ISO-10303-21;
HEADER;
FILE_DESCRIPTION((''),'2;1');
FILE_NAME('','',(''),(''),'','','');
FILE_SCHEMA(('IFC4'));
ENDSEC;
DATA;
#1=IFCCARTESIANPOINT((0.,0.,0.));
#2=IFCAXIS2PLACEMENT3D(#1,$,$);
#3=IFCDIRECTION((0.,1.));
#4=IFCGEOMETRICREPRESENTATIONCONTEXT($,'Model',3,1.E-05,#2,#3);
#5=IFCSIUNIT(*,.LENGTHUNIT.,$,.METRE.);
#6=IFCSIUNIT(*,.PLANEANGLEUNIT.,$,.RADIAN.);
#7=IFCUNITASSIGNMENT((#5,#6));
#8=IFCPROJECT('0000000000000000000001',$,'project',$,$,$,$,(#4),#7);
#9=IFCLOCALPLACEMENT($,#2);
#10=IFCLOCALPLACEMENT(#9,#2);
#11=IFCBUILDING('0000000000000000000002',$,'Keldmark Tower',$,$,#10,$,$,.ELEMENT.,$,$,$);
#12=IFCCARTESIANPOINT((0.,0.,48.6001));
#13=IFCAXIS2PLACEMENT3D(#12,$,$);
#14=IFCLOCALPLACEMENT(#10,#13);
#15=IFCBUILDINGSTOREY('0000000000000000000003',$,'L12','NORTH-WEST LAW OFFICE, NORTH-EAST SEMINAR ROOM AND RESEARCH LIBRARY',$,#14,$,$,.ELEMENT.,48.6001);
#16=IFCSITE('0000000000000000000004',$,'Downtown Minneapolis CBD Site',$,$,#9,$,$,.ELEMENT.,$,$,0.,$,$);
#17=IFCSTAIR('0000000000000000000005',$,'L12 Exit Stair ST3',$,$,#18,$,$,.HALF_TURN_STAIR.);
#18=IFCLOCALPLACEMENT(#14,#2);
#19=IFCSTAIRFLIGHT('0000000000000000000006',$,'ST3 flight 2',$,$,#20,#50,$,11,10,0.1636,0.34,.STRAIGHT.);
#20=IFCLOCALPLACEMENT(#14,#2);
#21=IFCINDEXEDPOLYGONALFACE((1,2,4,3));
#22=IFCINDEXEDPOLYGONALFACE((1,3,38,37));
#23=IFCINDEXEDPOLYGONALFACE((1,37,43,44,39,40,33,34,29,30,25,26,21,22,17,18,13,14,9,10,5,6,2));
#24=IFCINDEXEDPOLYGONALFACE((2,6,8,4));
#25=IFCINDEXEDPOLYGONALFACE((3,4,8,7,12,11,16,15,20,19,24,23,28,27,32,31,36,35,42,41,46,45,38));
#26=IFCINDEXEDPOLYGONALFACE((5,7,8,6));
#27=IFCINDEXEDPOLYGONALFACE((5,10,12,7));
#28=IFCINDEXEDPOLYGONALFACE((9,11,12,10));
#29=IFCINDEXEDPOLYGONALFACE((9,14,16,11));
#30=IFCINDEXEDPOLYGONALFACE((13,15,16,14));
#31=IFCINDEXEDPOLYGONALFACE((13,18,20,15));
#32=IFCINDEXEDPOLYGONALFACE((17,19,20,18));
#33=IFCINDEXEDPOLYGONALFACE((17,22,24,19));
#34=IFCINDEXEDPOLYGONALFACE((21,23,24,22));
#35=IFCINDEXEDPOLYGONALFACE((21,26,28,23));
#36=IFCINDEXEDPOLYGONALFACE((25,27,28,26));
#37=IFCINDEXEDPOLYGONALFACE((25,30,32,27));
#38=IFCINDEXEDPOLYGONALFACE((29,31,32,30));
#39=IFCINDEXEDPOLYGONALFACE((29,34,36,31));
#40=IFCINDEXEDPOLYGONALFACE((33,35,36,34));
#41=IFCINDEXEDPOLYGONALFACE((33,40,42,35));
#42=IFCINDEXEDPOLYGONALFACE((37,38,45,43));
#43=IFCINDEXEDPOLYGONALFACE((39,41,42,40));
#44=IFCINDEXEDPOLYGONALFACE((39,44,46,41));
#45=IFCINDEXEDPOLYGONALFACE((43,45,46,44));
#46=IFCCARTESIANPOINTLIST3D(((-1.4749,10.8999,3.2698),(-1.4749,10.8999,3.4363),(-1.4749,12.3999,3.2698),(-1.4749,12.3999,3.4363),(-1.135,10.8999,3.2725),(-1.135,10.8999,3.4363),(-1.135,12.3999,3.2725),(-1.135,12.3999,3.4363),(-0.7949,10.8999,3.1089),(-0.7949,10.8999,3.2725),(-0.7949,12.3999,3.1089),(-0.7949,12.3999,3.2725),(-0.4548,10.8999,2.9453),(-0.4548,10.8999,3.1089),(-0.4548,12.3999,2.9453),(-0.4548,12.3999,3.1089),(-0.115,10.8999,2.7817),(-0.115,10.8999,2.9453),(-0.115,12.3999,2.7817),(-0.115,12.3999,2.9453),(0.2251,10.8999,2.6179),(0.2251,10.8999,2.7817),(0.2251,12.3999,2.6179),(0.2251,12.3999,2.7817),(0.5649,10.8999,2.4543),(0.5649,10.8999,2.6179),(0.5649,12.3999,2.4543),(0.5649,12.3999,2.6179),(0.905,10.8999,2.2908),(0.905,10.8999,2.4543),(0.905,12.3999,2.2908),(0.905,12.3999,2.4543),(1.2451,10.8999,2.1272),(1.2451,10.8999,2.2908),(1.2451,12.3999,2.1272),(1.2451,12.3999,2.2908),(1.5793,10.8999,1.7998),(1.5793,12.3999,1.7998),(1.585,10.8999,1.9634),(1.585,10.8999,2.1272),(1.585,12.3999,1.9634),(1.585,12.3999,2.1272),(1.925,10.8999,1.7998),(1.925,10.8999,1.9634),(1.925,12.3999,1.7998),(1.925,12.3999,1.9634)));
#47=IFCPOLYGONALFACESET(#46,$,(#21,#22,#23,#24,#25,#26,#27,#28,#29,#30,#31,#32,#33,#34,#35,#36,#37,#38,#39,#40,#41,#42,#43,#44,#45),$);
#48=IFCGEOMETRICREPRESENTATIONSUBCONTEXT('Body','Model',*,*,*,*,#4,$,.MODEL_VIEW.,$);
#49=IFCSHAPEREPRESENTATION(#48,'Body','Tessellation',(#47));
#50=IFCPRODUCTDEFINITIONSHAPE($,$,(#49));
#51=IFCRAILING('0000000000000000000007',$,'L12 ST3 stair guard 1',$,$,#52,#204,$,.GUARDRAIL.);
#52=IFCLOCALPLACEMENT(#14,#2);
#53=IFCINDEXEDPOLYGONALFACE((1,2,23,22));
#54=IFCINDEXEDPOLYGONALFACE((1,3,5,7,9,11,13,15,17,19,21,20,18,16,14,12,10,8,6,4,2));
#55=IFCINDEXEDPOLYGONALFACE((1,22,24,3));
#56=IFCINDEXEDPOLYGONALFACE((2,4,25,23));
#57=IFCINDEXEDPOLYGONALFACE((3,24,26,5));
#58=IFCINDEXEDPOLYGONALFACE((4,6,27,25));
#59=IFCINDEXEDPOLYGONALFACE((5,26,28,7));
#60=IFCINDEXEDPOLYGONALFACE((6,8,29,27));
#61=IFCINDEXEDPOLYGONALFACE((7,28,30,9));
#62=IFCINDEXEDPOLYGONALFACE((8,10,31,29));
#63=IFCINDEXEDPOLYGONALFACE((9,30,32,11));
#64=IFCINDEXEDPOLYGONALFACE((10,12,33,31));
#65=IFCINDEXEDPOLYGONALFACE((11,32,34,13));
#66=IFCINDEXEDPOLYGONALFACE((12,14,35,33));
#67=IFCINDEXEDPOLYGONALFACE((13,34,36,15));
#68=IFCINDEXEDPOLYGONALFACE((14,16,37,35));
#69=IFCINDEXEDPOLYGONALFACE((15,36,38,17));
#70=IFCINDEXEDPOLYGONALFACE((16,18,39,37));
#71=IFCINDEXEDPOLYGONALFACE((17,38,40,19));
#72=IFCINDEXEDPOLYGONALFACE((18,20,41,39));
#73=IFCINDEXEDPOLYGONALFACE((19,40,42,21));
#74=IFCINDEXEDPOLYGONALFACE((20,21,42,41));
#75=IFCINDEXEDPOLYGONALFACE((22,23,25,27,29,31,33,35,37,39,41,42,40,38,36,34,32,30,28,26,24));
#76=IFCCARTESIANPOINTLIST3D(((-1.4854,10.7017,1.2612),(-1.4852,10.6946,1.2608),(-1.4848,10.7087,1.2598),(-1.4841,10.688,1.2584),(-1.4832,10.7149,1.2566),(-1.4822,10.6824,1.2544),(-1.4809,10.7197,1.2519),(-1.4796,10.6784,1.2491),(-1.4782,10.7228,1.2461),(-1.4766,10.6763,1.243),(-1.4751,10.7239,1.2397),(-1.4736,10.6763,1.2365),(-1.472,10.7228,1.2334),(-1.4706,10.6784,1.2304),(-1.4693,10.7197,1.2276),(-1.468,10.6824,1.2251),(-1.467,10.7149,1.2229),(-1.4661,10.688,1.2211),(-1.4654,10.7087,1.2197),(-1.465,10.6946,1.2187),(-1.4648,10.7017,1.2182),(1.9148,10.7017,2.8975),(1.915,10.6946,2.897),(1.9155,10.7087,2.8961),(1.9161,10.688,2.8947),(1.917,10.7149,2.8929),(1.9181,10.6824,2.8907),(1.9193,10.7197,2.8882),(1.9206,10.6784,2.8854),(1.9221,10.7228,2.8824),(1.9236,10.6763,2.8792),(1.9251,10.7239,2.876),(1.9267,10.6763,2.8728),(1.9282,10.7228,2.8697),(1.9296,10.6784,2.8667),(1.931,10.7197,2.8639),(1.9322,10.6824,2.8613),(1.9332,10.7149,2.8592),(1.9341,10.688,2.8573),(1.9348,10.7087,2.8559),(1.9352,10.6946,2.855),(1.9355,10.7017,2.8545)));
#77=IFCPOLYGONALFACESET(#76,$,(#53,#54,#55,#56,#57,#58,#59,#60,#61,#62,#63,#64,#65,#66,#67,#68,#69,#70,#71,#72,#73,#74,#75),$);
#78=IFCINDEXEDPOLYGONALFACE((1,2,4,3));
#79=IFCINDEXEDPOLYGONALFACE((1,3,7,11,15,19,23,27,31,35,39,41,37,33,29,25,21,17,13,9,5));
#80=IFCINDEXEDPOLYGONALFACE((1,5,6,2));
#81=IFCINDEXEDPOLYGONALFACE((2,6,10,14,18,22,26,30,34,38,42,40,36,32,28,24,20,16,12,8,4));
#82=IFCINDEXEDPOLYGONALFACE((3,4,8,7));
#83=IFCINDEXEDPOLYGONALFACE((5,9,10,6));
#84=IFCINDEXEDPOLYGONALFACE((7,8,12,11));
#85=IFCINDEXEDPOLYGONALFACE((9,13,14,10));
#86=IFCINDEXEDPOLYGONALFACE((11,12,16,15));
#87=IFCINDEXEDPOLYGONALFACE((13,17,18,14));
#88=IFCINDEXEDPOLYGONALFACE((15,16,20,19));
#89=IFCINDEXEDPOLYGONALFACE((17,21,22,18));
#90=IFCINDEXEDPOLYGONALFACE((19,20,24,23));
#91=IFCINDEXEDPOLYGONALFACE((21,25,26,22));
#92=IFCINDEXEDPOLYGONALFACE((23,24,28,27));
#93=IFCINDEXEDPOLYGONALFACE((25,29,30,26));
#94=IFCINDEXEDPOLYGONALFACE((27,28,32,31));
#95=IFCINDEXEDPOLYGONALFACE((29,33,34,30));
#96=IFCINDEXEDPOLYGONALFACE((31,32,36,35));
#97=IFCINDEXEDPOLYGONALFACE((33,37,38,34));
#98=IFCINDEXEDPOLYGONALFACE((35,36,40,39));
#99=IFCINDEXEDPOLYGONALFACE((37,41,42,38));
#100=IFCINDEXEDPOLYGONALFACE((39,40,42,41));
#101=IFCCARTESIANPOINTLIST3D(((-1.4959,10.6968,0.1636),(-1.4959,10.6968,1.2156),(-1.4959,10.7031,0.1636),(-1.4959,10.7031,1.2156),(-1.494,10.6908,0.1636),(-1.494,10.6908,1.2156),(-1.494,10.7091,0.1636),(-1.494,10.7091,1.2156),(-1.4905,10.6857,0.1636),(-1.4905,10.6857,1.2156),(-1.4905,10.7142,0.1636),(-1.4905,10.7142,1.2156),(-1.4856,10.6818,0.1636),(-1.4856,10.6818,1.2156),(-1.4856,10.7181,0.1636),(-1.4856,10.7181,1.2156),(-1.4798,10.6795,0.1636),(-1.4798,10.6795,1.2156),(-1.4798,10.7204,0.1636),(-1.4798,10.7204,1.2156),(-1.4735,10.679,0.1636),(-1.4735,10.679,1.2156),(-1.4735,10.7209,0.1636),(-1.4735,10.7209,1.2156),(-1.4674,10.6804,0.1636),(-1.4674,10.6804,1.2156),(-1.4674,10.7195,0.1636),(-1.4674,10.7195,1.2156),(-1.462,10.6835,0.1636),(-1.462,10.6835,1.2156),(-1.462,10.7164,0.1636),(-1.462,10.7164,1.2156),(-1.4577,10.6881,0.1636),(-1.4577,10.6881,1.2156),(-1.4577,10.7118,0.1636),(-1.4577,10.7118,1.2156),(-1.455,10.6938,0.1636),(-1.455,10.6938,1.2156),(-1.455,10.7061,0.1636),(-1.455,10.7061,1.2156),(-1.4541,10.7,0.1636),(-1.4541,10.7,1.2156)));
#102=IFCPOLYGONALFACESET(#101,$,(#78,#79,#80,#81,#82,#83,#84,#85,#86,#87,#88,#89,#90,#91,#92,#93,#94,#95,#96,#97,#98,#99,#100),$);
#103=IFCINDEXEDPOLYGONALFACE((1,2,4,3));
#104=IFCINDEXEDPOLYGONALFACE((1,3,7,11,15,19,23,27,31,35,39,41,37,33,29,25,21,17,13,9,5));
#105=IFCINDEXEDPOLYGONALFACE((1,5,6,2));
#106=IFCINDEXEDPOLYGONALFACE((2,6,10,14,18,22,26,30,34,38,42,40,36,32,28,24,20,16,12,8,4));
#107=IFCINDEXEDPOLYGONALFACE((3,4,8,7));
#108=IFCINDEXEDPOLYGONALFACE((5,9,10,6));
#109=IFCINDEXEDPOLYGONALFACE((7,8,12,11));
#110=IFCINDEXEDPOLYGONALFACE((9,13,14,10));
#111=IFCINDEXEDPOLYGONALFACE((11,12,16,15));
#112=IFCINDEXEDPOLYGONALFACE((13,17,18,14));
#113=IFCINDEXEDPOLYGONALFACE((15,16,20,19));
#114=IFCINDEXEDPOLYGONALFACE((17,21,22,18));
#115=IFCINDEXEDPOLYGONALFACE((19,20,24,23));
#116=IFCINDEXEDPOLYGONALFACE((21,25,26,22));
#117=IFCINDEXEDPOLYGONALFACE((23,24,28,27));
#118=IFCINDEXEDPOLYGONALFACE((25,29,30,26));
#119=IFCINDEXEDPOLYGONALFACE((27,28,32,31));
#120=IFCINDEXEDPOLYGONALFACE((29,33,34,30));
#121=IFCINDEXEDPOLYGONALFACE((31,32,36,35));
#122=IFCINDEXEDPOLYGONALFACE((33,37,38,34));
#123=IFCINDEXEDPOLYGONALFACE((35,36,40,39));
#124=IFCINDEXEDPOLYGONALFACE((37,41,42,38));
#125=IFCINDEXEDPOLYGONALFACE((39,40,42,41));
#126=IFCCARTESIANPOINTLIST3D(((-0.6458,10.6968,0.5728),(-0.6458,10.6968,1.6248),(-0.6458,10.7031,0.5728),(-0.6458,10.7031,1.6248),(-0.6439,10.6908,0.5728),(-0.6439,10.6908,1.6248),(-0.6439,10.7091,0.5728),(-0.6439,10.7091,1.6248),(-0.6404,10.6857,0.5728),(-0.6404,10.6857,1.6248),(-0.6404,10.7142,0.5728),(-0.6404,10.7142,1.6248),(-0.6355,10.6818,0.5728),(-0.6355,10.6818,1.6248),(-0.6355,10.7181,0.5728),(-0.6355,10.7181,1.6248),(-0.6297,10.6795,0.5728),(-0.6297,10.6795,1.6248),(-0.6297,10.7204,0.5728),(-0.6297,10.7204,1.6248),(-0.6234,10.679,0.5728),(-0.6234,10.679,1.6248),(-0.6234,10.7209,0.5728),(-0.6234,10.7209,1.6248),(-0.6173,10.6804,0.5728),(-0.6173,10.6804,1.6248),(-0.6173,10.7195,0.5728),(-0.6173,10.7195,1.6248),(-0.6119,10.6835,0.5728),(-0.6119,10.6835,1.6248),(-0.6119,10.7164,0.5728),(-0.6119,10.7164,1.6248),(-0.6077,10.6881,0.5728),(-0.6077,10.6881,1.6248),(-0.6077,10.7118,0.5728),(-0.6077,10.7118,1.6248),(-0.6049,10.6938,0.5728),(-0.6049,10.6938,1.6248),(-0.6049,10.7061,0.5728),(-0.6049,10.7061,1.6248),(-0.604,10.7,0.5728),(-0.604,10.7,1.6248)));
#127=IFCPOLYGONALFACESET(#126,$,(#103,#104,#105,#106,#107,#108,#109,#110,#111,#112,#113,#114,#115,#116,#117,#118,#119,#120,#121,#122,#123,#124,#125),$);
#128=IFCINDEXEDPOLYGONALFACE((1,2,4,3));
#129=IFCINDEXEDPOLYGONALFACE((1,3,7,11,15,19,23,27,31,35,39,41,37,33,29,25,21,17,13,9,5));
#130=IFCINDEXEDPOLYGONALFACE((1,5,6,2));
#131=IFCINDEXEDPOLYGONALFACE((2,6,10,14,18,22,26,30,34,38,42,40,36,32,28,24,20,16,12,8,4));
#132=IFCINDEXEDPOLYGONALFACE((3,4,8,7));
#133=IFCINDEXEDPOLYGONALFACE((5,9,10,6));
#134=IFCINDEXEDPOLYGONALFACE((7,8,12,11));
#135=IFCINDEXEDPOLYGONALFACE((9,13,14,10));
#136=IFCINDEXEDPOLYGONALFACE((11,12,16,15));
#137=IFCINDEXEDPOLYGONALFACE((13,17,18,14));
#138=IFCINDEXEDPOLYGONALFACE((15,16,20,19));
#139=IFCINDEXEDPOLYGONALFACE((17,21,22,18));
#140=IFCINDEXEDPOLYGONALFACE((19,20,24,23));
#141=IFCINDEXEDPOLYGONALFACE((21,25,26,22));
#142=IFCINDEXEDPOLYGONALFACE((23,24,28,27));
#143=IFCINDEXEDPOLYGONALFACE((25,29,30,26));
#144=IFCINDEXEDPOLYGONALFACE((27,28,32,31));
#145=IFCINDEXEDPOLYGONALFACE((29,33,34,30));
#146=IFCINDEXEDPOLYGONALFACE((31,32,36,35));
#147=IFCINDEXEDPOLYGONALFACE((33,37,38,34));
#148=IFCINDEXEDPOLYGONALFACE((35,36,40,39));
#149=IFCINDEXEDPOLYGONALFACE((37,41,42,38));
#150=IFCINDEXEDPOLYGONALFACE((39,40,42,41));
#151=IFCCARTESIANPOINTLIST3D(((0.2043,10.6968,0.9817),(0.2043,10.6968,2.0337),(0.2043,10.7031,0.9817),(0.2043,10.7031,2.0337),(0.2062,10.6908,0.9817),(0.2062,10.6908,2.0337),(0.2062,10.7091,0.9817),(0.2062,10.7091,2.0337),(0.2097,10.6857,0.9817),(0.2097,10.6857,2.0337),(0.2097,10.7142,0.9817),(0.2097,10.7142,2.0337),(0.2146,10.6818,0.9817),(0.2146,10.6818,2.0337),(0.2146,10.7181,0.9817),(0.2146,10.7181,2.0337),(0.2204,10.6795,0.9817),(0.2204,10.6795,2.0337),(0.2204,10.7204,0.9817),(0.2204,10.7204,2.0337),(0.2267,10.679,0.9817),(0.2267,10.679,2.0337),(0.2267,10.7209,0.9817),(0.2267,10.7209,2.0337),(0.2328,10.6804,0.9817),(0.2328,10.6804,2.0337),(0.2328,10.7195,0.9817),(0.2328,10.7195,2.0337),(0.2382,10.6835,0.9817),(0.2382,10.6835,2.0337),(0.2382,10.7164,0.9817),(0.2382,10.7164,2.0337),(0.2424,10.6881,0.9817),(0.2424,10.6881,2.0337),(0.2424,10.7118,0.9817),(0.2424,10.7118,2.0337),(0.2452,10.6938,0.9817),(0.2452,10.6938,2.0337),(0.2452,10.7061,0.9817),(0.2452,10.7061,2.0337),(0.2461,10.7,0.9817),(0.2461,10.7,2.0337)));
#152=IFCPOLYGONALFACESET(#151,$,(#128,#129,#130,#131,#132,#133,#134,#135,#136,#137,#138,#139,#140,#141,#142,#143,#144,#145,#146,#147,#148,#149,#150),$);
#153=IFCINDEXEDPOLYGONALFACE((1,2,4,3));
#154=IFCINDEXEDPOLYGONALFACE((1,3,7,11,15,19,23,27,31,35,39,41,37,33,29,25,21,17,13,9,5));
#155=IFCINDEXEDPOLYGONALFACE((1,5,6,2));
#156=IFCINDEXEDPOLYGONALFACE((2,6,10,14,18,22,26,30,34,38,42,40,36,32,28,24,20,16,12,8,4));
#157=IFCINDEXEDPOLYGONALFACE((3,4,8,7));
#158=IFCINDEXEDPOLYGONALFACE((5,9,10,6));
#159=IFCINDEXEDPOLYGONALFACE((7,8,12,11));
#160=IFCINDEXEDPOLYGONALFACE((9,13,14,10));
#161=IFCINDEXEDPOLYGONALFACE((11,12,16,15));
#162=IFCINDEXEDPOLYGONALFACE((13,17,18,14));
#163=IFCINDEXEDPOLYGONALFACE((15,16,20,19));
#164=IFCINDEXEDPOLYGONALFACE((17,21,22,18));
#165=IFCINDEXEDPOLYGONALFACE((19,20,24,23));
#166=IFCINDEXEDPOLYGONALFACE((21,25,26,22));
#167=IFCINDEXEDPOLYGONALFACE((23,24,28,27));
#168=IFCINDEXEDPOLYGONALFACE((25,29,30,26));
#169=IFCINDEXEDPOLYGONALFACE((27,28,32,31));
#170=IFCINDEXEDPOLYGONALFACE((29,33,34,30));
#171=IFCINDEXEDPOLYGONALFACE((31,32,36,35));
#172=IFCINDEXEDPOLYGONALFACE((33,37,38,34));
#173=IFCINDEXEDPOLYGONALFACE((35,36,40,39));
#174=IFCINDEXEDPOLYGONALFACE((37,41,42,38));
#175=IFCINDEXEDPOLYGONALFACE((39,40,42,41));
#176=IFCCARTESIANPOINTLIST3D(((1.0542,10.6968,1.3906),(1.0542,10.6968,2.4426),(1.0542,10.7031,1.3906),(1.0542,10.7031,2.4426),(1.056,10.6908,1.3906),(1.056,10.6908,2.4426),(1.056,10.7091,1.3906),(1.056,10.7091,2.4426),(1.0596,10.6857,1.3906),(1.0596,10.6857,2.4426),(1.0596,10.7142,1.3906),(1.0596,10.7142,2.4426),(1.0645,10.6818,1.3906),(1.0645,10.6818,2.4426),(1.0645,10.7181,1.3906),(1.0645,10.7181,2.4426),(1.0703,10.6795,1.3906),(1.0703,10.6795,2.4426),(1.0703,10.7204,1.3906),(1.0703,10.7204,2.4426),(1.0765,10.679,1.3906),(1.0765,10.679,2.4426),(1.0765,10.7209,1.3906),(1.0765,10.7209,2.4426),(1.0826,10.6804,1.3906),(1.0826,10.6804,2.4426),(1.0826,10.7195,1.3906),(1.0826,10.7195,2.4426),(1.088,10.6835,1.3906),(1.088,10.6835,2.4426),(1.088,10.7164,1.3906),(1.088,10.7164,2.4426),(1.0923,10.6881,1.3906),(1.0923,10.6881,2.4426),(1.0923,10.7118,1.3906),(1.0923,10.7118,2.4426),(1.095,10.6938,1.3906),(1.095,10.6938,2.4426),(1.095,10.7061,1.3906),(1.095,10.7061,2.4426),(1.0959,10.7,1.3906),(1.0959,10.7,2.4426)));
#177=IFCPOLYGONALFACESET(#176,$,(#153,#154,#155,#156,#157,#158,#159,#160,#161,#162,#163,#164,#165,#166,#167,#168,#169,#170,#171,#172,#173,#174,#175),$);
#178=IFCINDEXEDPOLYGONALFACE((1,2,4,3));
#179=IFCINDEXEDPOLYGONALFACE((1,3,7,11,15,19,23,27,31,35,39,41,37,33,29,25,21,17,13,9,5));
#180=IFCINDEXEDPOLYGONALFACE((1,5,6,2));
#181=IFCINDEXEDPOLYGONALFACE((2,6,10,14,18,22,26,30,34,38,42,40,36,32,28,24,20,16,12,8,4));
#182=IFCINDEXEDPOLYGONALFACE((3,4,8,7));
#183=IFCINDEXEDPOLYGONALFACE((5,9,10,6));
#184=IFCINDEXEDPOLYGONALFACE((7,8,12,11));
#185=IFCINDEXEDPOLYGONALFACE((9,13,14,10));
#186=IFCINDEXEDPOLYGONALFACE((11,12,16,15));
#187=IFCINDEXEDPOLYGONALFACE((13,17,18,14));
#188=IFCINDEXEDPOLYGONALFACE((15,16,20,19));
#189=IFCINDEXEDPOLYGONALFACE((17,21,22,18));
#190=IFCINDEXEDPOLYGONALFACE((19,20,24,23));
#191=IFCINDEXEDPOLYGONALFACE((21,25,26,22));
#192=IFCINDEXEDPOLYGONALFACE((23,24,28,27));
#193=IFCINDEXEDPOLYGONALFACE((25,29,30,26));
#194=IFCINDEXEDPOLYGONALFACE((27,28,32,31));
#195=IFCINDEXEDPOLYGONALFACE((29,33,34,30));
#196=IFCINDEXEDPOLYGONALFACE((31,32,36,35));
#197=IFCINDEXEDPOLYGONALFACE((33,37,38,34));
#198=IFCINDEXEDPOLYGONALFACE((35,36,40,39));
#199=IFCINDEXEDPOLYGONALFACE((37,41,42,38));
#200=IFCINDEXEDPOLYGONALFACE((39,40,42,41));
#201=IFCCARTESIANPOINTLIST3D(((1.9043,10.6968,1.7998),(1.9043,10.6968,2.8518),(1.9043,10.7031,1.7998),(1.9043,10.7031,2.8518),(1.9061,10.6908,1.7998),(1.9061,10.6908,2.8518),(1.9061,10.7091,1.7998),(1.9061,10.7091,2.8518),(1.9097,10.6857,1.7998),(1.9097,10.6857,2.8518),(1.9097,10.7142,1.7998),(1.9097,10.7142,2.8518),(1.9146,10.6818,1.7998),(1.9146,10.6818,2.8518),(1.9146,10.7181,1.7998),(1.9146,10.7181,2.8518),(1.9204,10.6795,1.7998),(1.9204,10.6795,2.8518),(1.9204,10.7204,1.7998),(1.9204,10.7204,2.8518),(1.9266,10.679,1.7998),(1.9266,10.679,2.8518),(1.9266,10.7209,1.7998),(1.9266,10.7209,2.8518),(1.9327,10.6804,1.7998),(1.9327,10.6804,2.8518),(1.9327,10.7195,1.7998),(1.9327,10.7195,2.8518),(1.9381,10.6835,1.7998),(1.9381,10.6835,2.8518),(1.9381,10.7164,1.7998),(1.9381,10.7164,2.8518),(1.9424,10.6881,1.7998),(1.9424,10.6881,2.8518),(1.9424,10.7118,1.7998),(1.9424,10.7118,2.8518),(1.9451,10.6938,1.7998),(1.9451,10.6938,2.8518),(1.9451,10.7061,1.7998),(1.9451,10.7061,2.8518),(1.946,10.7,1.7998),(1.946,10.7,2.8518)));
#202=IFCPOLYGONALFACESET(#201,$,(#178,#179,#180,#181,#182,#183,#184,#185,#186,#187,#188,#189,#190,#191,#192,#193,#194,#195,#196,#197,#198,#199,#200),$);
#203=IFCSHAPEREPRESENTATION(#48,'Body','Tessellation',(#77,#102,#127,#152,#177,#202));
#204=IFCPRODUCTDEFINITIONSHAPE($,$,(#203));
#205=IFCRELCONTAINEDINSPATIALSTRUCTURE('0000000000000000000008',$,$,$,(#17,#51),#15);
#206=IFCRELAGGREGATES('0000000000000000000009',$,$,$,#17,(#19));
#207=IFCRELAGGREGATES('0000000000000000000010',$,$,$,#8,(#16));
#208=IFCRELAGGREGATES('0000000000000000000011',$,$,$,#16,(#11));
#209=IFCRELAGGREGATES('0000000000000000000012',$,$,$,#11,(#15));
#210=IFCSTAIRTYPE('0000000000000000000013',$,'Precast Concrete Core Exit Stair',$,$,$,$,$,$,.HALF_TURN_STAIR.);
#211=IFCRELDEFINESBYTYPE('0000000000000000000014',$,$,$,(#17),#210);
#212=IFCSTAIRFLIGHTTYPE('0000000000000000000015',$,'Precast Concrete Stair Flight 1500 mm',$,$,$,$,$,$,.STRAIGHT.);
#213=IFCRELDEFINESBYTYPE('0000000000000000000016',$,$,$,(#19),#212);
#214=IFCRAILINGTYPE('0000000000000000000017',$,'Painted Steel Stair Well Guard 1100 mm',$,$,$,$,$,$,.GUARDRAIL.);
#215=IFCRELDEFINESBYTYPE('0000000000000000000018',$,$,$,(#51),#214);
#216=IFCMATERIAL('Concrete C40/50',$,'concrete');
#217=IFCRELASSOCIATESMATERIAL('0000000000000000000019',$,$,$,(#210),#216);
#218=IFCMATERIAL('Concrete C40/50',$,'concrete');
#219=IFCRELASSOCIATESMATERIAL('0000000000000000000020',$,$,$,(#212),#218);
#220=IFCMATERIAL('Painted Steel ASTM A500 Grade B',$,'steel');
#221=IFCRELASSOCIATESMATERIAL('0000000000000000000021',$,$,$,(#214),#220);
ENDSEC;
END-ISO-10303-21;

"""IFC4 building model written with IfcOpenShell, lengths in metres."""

from ifc_helpers import new_model, si_unit, direction, frame, origin, origin_2d, place, context, subcontext, project, spatial, polyline, circle, outline, extrude, material, type_object, element, aggregate, save


model = new_model("IFC4")

# Units and contexts
model_context = context("Model", 3, precision=1e-05, world=origin(), true_north=direction((0.0, 1.0)))
body_context = subcontext(model_context, "Body", "Model", "MODEL_VIEW")
ifc_project = project(units=[si_unit("LENGTHUNIT", "METRE"), si_unit("PLANEANGLEUNIT", "RADIAN")], contexts=[model_context])

# Site, building, storey
site_placement = place(None, origin())
site = spatial("IfcSite", under=ifc_project, at=site_placement, Name="Downtown Minneapolis CBD Site", CompositionType="ELEMENT", RefElevation=0.0)
building_placement = place(site_placement, origin())
building = spatial("IfcBuilding", under=site, at=building_placement, Name="Keldmark Tower", CompositionType="ELEMENT")
storey_placement = place(building_placement, frame((0.0, 0.0, 48.6001)))
storey = spatial("IfcBuildingStorey", under=building, at=storey_placement, Name="L12", Description="NORTH-WEST LAW OFFICE, NORTH-EAST SEMINAR ROOM AND RESEARCH LIBRARY", CompositionType="ELEMENT", Elevation=48.6001)

# Stair, stair flight
ifc_material_1 = material(Name="Concrete C40/50", Category="concrete")
stair_type = type_object("IfcStairType", Name="Precast Concrete Core Exit Stair", PredefinedType="HALF_TURN_STAIR", material=ifc_material_1)
stair_placement = place(storey_placement, origin())
stair = element("IfcStair", 1, at=stair_placement, inside=storey, type_object=stair_type, Name="L12 Exit Stair ST3", PredefinedType="HALF_TURN_STAIR")
ifc_material_2 = material(Name="Concrete C40/50", Category="concrete")
stair_flight_type = type_object("IfcStairFlightType", Name="Precast Concrete Stair Flight 1500 mm", PredefinedType="STRAIGHT", material=ifc_material_2)
stair_flight_1_placement = place(storey_placement, frame((1.925, 11.6499, 1.7998), z_axis=(0.0, 0.0, 1.0), x_axis=(-1.0, 0.0, 0.0)))
stair_flight_1 = element("IfcStairFlight", 2, at=stair_flight_1_placement, type_object=stair_flight_type, Name="ST3 flight 2", NumberOfRisers=11, NumberOfTreads=10, PredefinedType="STRAIGHT", RiserHeight=0.1636, TreadLength=0.34, context=body_context, shape_type="SweptSolid", body=[
    extrude(outline(polyline([(0.0, 0.0), (0.0, 0.1636), (0.3401, 0.1636), (0.3401, 0.3274), (0.6799, 0.3274), (0.6799, 0.491), (1.02, 0.491), (1.02, 0.6545), (1.3601, 0.6545), (1.3601, 0.8181), (1.7, 0.8181), (1.7, 0.9819), (2.04, 0.9819), (2.04, 1.1455), (2.3799, 1.1455), (2.3799, 1.3091), (2.72, 1.3091), (2.72, 1.4727), (3.0601, 1.4727), (3.0601, 1.6365), (3.3999, 1.6365), (3.3999, 1.8), (3.3999, 1.47), (0.3457, 0.0), (0.0, 0.0)])), frame((0.0, 0.75, 0.0), z_axis=(0.0, -1.0, 0.0), x_axis=(1.0, 0.0, 0.0)), (0.0, 0.0, 1.0), 1.5),
])
aggregate(stair, [stair_flight_1])

# Railing
ifc_material_3 = material(Name="Painted Steel ASTM A500 Grade B", Category="steel")
railing_type_1 = type_object("IfcRailingType", Name="Painted Steel Stair Well Guard 1100 mm", PredefinedType="GUARDRAIL", material=ifc_material_3)
railing_1_placement = place(storey_placement, frame((-1.4751, 10.7, 0.1636)))
element("IfcRailing", 3, at=railing_1_placement, inside=storey, type_object=railing_type_1, Name="L12 ST3 stair guard 1", PredefinedType="GUARDRAIL", context=body_context, shape_type="SweptSolid", body=[
    extrude(circle(Radius=0.0239, at=origin_2d()), frame((0.0, 0.0, 1.0762), z_axis=(0.901093, 0.0, 0.433627), x_axis=(0.0, 1.0, 0.0)), (0.0, 0.0, 1.0), 3.7734),
    extrude(circle(Radius=0.021, at=origin_2d()), origin(), (0.0, 0.0, 1.0), 1.052),
    extrude(circle(Radius=0.021, at=origin_2d()), frame((0.8501, 0.0, 0.4092)), (0.0, 0.0, 1.0), 1.052),
    extrude(circle(Radius=0.021, at=origin_2d()), frame((1.7002, 0.0, 0.8181)), (0.0, 0.0, 1.0), 1.052),
    extrude(circle(Radius=0.021, at=origin_2d()), frame((2.55, 0.0, 1.2271)), (0.0, 0.0, 1.0), 1.052),
    extrude(circle(Radius=0.021, at=origin_2d()), frame((3.4001, 0.0, 1.6362)), (0.0, 0.0, 1.0), 1.052),
])

save(model, "model.ifc")
